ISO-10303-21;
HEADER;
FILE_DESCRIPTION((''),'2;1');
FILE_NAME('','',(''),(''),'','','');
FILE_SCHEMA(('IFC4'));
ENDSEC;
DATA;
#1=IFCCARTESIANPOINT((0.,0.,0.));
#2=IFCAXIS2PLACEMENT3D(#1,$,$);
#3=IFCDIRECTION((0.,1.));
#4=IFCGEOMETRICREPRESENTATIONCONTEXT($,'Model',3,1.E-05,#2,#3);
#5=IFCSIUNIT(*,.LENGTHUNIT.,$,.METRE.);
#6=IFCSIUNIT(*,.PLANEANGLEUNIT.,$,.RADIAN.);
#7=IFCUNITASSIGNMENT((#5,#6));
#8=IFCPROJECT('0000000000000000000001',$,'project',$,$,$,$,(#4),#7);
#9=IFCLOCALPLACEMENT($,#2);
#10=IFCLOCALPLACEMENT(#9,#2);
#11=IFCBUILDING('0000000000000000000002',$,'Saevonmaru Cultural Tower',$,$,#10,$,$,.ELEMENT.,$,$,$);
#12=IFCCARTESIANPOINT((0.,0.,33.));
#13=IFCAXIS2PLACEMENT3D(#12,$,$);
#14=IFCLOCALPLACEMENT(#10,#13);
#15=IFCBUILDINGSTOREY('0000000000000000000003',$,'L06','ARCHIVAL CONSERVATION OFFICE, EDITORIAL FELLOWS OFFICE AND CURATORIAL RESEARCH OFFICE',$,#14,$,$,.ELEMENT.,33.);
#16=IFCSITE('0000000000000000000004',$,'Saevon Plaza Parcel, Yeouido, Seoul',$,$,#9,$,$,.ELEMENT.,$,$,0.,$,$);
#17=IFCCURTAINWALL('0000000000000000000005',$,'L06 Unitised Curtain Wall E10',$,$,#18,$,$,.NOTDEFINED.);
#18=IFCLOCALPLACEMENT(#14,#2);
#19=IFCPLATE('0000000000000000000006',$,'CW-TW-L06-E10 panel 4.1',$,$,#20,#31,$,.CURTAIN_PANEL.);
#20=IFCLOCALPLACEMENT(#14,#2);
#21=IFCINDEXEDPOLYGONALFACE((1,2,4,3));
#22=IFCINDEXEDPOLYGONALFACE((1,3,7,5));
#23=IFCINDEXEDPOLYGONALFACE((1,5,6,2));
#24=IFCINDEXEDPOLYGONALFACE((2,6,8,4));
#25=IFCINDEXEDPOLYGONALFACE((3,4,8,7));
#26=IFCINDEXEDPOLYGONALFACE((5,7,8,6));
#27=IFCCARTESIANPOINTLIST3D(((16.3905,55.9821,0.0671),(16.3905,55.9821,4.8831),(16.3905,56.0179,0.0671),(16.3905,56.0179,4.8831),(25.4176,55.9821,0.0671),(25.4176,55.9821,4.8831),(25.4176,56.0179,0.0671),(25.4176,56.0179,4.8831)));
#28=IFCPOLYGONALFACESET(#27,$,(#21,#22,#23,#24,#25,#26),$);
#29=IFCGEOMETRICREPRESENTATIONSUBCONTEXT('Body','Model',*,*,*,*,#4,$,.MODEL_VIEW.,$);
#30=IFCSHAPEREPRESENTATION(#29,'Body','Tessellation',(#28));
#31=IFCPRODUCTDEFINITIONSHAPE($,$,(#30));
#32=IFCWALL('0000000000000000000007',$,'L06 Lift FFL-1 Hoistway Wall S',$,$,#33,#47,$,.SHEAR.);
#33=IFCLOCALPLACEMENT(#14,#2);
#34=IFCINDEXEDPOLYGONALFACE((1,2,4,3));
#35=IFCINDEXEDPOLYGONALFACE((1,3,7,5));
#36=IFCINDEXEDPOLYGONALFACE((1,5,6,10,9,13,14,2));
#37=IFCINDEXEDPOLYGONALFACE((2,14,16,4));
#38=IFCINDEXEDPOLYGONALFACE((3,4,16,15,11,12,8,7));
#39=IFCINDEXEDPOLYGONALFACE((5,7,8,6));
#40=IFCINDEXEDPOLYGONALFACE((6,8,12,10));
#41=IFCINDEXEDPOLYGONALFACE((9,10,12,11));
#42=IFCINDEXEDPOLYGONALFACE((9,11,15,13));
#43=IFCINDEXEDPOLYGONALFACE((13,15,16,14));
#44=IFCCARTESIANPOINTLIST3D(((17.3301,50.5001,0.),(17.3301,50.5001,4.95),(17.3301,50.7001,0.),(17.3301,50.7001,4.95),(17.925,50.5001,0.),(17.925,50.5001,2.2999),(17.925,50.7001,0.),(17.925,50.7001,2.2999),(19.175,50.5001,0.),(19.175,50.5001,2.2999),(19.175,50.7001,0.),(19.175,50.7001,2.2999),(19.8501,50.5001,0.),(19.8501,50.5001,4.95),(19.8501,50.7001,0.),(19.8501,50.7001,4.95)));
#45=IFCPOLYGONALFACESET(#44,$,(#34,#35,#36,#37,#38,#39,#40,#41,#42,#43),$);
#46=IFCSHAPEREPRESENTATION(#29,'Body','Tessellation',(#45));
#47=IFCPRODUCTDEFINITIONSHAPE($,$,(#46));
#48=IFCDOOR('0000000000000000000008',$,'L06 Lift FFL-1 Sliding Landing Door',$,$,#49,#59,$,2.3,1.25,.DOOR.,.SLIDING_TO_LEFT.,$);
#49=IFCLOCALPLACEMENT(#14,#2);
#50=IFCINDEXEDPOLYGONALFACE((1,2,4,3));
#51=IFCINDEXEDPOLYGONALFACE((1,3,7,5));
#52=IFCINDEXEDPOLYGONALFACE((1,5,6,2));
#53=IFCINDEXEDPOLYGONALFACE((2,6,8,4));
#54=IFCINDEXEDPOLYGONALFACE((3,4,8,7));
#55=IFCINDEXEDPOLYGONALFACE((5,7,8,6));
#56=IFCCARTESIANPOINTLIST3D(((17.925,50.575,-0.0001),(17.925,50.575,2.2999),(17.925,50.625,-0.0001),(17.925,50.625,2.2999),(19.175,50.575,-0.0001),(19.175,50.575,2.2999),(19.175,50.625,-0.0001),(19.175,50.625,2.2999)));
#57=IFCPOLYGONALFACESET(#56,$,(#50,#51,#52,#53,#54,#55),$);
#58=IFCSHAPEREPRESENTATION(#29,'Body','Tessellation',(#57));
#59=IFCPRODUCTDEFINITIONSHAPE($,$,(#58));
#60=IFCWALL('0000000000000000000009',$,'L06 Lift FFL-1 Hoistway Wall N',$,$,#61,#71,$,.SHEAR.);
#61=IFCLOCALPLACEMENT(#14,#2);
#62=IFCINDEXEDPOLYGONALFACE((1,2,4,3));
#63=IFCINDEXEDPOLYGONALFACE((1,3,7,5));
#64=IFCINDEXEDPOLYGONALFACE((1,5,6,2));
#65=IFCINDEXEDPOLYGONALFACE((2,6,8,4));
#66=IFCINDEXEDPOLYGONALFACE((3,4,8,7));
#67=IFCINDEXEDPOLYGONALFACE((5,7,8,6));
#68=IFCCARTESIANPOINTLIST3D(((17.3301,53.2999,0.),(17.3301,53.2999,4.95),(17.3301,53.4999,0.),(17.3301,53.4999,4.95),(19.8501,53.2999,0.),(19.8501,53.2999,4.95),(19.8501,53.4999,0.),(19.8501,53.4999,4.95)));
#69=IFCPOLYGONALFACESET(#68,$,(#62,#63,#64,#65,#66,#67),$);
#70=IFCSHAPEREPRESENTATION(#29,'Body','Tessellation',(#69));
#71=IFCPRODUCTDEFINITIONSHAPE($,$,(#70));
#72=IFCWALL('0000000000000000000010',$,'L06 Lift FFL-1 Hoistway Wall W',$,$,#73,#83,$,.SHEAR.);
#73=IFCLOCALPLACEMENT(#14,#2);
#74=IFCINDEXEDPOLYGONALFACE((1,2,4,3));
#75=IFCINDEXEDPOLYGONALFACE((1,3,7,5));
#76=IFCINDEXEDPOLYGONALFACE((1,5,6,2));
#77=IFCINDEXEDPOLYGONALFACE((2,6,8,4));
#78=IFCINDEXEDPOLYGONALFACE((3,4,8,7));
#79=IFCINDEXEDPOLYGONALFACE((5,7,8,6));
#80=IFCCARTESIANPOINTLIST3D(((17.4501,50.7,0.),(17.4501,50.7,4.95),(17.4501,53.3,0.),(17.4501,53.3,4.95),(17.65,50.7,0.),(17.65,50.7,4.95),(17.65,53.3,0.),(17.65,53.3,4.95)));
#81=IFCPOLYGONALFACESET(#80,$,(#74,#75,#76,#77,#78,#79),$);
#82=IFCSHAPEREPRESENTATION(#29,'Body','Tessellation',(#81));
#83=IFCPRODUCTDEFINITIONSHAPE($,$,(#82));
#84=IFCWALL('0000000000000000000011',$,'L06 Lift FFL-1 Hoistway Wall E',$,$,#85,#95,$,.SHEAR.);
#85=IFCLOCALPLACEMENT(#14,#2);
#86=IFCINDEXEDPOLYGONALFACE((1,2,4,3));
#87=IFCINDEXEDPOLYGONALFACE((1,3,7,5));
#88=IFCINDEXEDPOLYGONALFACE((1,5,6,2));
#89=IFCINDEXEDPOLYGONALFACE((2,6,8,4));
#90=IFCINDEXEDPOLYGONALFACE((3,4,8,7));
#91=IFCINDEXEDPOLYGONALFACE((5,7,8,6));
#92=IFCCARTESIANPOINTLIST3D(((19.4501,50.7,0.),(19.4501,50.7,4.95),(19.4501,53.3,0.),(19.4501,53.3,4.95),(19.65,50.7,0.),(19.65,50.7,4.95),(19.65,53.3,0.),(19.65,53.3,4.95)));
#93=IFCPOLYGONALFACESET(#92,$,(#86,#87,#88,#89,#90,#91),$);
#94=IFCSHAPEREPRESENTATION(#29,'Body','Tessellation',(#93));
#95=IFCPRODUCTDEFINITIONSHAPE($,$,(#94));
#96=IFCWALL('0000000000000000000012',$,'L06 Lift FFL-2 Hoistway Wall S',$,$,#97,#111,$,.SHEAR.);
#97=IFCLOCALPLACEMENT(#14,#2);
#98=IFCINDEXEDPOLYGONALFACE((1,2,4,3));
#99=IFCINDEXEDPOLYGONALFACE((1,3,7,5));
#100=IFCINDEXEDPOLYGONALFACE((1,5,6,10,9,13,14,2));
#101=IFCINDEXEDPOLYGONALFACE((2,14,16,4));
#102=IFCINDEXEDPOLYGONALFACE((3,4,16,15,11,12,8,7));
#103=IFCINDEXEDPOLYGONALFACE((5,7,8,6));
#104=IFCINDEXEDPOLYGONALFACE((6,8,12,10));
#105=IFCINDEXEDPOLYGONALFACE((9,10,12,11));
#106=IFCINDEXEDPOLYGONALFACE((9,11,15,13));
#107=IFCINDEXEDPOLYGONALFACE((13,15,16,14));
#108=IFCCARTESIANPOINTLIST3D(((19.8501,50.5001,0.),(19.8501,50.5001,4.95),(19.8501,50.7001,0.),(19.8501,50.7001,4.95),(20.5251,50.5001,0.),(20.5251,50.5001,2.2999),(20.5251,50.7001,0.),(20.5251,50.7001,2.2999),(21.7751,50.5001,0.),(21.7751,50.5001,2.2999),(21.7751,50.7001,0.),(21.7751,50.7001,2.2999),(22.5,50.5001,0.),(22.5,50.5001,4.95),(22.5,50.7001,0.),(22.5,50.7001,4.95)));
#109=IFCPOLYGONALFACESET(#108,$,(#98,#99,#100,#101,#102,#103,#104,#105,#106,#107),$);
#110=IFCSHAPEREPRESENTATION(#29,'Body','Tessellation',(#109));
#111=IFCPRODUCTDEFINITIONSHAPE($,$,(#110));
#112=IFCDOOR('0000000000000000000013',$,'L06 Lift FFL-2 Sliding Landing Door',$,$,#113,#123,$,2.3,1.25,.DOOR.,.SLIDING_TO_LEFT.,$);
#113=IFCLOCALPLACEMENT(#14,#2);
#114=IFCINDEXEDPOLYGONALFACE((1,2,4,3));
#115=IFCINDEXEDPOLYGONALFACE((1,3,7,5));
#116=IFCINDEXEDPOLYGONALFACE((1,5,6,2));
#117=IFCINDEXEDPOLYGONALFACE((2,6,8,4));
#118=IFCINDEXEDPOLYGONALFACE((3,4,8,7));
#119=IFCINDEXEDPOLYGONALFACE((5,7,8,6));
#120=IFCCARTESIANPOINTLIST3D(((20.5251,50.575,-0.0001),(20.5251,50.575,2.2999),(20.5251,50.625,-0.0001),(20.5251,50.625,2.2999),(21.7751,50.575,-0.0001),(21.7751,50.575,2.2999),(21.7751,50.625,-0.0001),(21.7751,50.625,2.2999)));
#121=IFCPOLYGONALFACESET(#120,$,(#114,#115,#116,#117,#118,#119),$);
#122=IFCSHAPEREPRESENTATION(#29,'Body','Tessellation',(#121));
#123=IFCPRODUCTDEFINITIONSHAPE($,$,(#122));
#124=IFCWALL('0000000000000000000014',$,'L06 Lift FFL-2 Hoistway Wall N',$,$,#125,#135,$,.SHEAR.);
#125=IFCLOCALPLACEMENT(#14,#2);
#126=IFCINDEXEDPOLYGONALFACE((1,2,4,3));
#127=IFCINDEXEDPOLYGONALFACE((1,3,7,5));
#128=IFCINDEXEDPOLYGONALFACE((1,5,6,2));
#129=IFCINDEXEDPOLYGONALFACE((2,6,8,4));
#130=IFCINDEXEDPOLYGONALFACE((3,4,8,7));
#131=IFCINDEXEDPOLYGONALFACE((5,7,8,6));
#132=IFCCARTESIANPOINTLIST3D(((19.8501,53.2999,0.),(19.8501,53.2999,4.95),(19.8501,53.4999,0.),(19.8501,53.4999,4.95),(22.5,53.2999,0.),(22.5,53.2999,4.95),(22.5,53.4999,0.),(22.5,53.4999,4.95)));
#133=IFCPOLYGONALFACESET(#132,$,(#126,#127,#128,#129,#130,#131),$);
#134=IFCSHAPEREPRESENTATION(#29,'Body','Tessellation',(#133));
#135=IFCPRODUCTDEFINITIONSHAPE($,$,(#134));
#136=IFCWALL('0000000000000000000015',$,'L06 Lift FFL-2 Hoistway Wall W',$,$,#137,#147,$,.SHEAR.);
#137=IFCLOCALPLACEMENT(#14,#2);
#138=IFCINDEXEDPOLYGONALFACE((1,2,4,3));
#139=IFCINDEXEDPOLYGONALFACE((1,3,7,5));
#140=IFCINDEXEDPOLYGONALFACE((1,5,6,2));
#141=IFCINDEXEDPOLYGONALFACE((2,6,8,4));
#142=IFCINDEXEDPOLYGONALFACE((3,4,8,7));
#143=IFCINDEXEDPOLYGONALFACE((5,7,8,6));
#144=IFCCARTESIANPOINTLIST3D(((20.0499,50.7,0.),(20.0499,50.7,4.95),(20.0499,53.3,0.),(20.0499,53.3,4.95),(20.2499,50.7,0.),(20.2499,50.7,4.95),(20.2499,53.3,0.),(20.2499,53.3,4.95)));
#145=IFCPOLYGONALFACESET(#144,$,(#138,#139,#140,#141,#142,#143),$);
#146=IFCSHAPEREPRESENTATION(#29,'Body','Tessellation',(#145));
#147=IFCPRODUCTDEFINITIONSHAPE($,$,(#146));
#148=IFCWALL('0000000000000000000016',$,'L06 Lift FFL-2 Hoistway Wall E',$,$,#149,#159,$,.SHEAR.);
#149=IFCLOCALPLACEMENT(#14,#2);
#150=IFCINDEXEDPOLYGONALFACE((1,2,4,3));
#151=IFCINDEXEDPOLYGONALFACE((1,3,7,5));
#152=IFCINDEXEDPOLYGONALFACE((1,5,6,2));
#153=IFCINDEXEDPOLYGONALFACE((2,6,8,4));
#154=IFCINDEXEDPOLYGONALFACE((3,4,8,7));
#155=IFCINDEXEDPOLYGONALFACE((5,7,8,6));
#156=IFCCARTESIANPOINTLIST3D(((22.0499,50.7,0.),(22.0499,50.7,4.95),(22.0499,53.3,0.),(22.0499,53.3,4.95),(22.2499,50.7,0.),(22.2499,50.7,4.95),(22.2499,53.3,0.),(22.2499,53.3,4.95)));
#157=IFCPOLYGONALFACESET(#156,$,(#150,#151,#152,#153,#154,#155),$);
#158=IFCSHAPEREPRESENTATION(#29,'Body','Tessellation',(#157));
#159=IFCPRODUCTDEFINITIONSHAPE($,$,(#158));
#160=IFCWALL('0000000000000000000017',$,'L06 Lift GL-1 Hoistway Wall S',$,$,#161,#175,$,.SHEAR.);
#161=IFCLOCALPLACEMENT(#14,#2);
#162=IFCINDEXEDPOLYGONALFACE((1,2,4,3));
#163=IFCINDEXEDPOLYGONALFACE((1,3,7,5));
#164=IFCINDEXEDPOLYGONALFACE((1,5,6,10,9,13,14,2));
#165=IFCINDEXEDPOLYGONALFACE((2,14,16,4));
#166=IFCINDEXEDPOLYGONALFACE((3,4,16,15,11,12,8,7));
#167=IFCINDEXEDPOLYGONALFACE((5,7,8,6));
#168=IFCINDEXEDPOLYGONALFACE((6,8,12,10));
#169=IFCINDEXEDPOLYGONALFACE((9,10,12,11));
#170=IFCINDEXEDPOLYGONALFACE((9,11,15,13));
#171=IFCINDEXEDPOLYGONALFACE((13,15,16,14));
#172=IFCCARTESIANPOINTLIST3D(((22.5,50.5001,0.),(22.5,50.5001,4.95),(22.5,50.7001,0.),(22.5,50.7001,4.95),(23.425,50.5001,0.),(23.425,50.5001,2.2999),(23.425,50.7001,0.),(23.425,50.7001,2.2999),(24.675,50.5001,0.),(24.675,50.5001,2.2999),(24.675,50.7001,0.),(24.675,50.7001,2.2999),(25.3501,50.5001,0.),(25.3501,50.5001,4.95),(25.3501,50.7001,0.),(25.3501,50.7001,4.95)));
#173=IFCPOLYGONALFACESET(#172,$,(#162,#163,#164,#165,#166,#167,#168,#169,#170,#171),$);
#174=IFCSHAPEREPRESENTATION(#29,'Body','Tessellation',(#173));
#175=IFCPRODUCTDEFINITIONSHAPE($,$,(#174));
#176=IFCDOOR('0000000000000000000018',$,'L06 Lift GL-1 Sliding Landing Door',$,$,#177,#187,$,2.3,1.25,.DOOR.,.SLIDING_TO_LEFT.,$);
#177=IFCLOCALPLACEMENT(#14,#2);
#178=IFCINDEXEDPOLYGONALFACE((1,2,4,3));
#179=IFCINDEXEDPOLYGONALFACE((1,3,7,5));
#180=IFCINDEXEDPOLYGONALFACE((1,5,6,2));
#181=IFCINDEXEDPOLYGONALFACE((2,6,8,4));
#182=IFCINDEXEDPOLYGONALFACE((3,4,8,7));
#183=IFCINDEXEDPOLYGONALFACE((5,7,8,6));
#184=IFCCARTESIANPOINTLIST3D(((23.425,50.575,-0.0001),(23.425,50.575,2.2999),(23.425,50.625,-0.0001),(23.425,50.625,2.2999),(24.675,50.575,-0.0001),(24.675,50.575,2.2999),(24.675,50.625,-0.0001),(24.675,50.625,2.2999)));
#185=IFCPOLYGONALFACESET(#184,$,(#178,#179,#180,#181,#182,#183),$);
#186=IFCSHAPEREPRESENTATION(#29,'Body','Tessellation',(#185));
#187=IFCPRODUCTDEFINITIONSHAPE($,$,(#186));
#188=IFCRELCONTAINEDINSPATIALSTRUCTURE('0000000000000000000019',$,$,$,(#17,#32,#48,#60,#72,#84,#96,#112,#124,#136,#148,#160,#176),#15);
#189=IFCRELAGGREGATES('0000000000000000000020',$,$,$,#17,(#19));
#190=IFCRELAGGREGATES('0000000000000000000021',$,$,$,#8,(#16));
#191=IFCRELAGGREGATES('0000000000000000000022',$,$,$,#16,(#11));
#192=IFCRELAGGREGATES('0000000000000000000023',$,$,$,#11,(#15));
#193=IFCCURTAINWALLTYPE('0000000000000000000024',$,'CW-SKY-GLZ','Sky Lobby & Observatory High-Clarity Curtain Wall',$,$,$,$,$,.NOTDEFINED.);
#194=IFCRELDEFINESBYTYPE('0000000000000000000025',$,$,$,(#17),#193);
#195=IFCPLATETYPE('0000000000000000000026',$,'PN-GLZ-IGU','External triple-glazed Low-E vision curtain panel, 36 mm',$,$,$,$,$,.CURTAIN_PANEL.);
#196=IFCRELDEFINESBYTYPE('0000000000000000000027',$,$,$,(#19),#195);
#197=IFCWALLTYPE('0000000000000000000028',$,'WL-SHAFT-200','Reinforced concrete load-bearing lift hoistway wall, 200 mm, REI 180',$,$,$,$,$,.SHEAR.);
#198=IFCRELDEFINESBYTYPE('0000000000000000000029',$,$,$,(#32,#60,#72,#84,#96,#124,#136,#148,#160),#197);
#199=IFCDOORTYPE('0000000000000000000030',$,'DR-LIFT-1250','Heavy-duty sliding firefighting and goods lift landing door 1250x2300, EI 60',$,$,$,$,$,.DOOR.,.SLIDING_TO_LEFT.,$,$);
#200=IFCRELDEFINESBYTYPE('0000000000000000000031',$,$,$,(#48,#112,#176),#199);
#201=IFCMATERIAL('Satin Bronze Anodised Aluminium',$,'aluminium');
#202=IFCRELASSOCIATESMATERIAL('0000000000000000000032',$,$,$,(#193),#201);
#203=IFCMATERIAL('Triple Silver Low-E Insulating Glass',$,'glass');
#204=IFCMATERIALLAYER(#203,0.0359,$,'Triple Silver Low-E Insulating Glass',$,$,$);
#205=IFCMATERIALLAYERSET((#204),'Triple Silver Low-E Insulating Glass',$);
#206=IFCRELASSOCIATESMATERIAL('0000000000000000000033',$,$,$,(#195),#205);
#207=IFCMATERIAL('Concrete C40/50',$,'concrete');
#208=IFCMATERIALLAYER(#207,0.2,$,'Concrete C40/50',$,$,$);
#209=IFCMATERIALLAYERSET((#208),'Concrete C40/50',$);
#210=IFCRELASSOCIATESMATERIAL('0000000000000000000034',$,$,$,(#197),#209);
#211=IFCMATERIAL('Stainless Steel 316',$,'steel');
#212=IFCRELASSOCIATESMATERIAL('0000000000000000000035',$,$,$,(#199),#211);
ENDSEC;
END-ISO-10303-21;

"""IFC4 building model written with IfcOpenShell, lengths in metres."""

from ifc_helpers import new_model, si_unit, direction, frame, frame_2d, origin, origin_2d, place, context, subcontext, project, spatial, rectangle, extrude, material, layer, layer_set, type_object, element, fill, aggregate, save


model = new_model("IFC4")

# Units and contexts
model_context = context("Model", 3, precision=1e-05, world=origin(), true_north=direction((0.0, 1.0)))
body_context = subcontext(model_context, "Body", "Model", "MODEL_VIEW")
ifc_project = project(units=[si_unit("LENGTHUNIT", "METRE"), si_unit("PLANEANGLEUNIT", "RADIAN")], contexts=[model_context])

# Site, building, storey
site_placement = place(None, origin())
site = spatial("IfcSite", under=ifc_project, at=site_placement, Name="Saevon Plaza Parcel, Yeouido, Seoul", CompositionType="ELEMENT", RefElevation=0.0)
building_placement = place(site_placement, origin())
building = spatial("IfcBuilding", under=site, at=building_placement, Name="Saevonmaru Cultural Tower", CompositionType="ELEMENT")
storey_placement = place(building_placement, frame((0.0, 0.0, 33.0)))
storey = spatial("IfcBuildingStorey", under=building, at=storey_placement, Name="L06", Description="ARCHIVAL CONSERVATION OFFICE, EDITORIAL FELLOWS OFFICE AND CURATORIAL RESEARCH OFFICE", CompositionType="ELEMENT", Elevation=33.0)

# Curtain wall
ifc_material_1 = material(Name="Satin Bronze Anodised Aluminium", Category="aluminium")
curtain_wall_type = type_object("IfcCurtainWallType", Name="CW-SKY-GLZ", Description="Sky Lobby & Observatory High-Clarity Curtain Wall", PredefinedType="NOTDEFINED", material=ifc_material_1)
curtain_wall_placement = place(storey_placement, origin())
curtain_wall = element("IfcCurtainWall", 1, at=curtain_wall_placement, inside=storey, type_object=curtain_wall_type, Name="L06 Unitised Curtain Wall E10", PredefinedType="NOTDEFINED")

# Plate
ifc_material_2 = material(Name="Triple Silver Low-E Insulating Glass", Category="glass")
ifc_layer_1 = layer(ifc_material_2, 0.0359, Name="Triple Silver Low-E Insulating Glass")
ifc_layer_set_1 = layer_set([ifc_layer_1], Name="Triple Silver Low-E Insulating Glass")
plate_type_1 = type_object("IfcPlateType", Name="PN-GLZ-IGU", Description="External triple-glazed Low-E vision curtain panel, 36 mm", PredefinedType="CURTAIN_PANEL", material=ifc_layer_set_1)
plate_1_placement = place(storey_placement, frame((20.9041, 56.0, 0.0671), z_axis=(0.0, 0.0, 1.0), x_axis=(-1.0, 0.0, 0.0)))
plate_1 = element("IfcPlate", 2, at=plate_1_placement, type_object=plate_type_1, Name="CW-TW-L06-E10 panel 4.1", PredefinedType="CURTAIN_PANEL", context=body_context, shape_type="SweptSolid", body=[
    extrude(rectangle(XDim=9.0271, YDim=0.0359, at=origin_2d()), origin(), (0.0, 0.0, 1.0), 4.8159),
])
aggregate(curtain_wall, [plate_1])

# Wall, opening, door
ifc_material_3 = material(Name="Concrete C40/50", Category="concrete")
ifc_layer_2 = layer(ifc_material_3, 0.2, Name="Concrete C40/50")
ifc_layer_set_2 = layer_set([ifc_layer_2], Name="Concrete C40/50")
wall_type = type_object("IfcWallType", Name="WL-SHAFT-200", Description="Reinforced concrete load-bearing lift hoistway wall, 200 mm, REI 180", PredefinedType="SHEAR", material=ifc_layer_set_2)
wall_1_placement = place(storey_placement, frame((17.3301, 50.6001, 0.0), z_axis=(0.0, 0.0, 1.0), x_axis=(1.0, 0.0, 0.0)))
wall_1 = element("IfcWall", 3, at=wall_1_placement, inside=storey, type_object=wall_type, Name="L06 Lift FFL-1 Hoistway Wall S", PredefinedType="SHEAR", context=body_context, shape_type="SweptSolid", body=[
    extrude(rectangle(XDim=2.52, YDim=0.2, at=frame_2d((1.26, 0.0))), origin(), (0.0, 0.0, 1.0), 4.95),
])
opening_1_placement = place(wall_1_placement, frame((0.595, 0.0, 0.0)))
opening_1 = element("IfcOpeningElement", 4, at=opening_1_placement, cuts=wall_1, PredefinedType="OPENING", context=body_context, shape_type="SweptSolid", body=[
    extrude(rectangle(XDim=1.25, YDim=2.3, at=frame_2d((0.625, 1.1499))), frame((0.0, 0.1099, 0.0), z_axis=(0.0, -1.0, 0.0), x_axis=(1.0, 0.0, 0.0)), (0.0, 0.0, 1.0), 0.22),
])
ifc_material_4 = material(Name="Stainless Steel 316", Category="steel")
door_type_1 = type_object("IfcDoorType", Name="DR-LIFT-1250", Description="Heavy-duty sliding firefighting and goods lift landing door 1250x2300, EI 60", OperationType="SLIDING_TO_LEFT", PredefinedType="DOOR", material=ifc_material_4)
door_1_placement = place(opening_1_placement, origin())
door_1 = element("IfcDoor", 5, at=door_1_placement, inside=storey, type_object=door_type_1, Name="L06 Lift FFL-1 Sliding Landing Door", OperationType="SLIDING_TO_LEFT", OverallHeight=2.3, OverallWidth=1.25, PredefinedType="DOOR", context=body_context, shape_type="SweptSolid", body=[
    extrude(rectangle(XDim=1.25, YDim=2.3, at=frame_2d((0.625, 1.1499))), frame((0.0, 0.0249, 0.0), z_axis=(0.0, -1.0, 0.0), x_axis=(1.0, 0.0, 0.0)), (0.0, 0.0, 1.0), 0.05),
])
fill(opening_1, door_1)

# Walls
wall_2_placement = place(storey_placement, frame((17.3301, 53.3999, 0.0), z_axis=(0.0, 0.0, 1.0), x_axis=(1.0, 0.0, 0.0)))
element("IfcWall", 6, at=wall_2_placement, inside=storey, type_object=wall_type, Name="L06 Lift FFL-1 Hoistway Wall N", PredefinedType="SHEAR", context=body_context, shape_type="SweptSolid", body=[
    extrude(rectangle(XDim=2.52, YDim=0.2, at=frame_2d((1.26, 0.0))), origin(), (0.0, 0.0, 1.0), 4.95),
])
for number, where, z_axis, x_axis, name in (
    (7, (17.55, 50.7, 0.0), (0.0, 0.0, 1.0), (0.0, 1.0, 0.0), "L06 Lift FFL-1 Hoistway Wall W"),
    (8, (19.55, 50.7, 0.0), (0.0, 0.0, 1.0), (0.0, 1.0, 0.0), "L06 Lift FFL-1 Hoistway Wall E"),
):
    element("IfcWall", number, at=place(storey_placement, frame(where, z_axis=z_axis, x_axis=x_axis)), inside=storey, type_object=wall_type, Name=name, PredefinedType="SHEAR", context=body_context, shape_type="SweptSolid", body=[
        extrude(rectangle(XDim=2.6001, YDim=0.2, at=frame_2d((1.3, 0.0))), origin(), (0.0, 0.0, 1.0), 4.95),
    ])

# Wall, opening, door
wall_3_placement = place(storey_placement, frame((19.8501, 50.6001, 0.0), z_axis=(0.0, 0.0, 1.0), x_axis=(1.0, 0.0, 0.0)))
wall_3 = element("IfcWall", 9, at=wall_3_placement, inside=storey, type_object=wall_type, Name="L06 Lift FFL-2 Hoistway Wall S", PredefinedType="SHEAR", context=body_context, shape_type="SweptSolid", body=[
    extrude(rectangle(XDim=2.6499, YDim=0.2, at=frame_2d((1.325, 0.0))), origin(), (0.0, 0.0, 1.0), 4.95),
])
opening_2_placement = place(wall_3_placement, frame((0.675, 0.0, 0.0)))
opening_2 = element("IfcOpeningElement", 10, at=opening_2_placement, cuts=wall_3, PredefinedType="OPENING", context=body_context, shape_type="SweptSolid", body=[
    extrude(rectangle(XDim=1.25, YDim=2.3, at=frame_2d((0.625, 1.1499))), frame((0.0, 0.1099, 0.0), z_axis=(0.0, -1.0, 0.0), x_axis=(1.0, 0.0, 0.0)), (0.0, 0.0, 1.0), 0.22),
])
door_2_placement = place(opening_2_placement, origin())
door_2 = element("IfcDoor", 11, at=door_2_placement, inside=storey, type_object=door_type_1, Name="L06 Lift FFL-2 Sliding Landing Door", OperationType="SLIDING_TO_LEFT", OverallHeight=2.3, OverallWidth=1.25, PredefinedType="DOOR", context=body_context, shape_type="SweptSolid", body=[
    extrude(rectangle(XDim=1.25, YDim=2.3, at=frame_2d((0.625, 1.1499))), frame((0.0, 0.0249, 0.0), z_axis=(0.0, -1.0, 0.0), x_axis=(1.0, 0.0, 0.0)), (0.0, 0.0, 1.0), 0.05),
])
fill(opening_2, door_2)

# Walls
wall_4_placement = place(storey_placement, frame((19.8501, 53.3999, 0.0), z_axis=(0.0, 0.0, 1.0), x_axis=(1.0, 0.0, 0.0)))
element("IfcWall", 12, at=wall_4_placement, inside=storey, type_object=wall_type, Name="L06 Lift FFL-2 Hoistway Wall N", PredefinedType="SHEAR", context=body_context, shape_type="SweptSolid", body=[
    extrude(rectangle(XDim=2.6499, YDim=0.2, at=frame_2d((1.325, 0.0))), origin(), (0.0, 0.0, 1.0), 4.95),
])
for number, where, z_axis, x_axis, name in (
    (13, (20.1499, 50.7, 0.0), (0.0, 0.0, 1.0), (0.0, 1.0, 0.0), "L06 Lift FFL-2 Hoistway Wall W"),
    (14, (22.1499, 50.7, 0.0), (0.0, 0.0, 1.0), (0.0, 1.0, 0.0), "L06 Lift FFL-2 Hoistway Wall E"),
):
    element("IfcWall", number, at=place(storey_placement, frame(where, z_axis=z_axis, x_axis=x_axis)), inside=storey, type_object=wall_type, Name=name, PredefinedType="SHEAR", context=body_context, shape_type="SweptSolid", body=[
        extrude(rectangle(XDim=2.6001, YDim=0.2, at=frame_2d((1.3, 0.0))), origin(), (0.0, 0.0, 1.0), 4.95),
    ])

# Wall, opening, door
wall_5_placement = place(storey_placement, frame((22.5, 50.6001, 0.0), z_axis=(0.0, 0.0, 1.0), x_axis=(1.0, 0.0, 0.0)))
wall_5 = element("IfcWall", 15, at=wall_5_placement, inside=storey, type_object=wall_type, Name="L06 Lift GL-1 Hoistway Wall S", PredefinedType="SHEAR", context=body_context, shape_type="SweptSolid", body=[
    extrude(rectangle(XDim=2.8501, YDim=0.2, at=frame_2d((1.425, 0.0))), origin(), (0.0, 0.0, 1.0), 4.95),
])
opening_3_placement = place(wall_5_placement, frame((0.925, 0.0, 0.0)))
opening_3 = element("IfcOpeningElement", 16, at=opening_3_placement, cuts=wall_5, PredefinedType="OPENING", context=body_context, shape_type="SweptSolid", body=[
    extrude(rectangle(XDim=1.25, YDim=2.3, at=frame_2d((0.625, 1.1499))), frame((0.0, 0.1099, 0.0), z_axis=(0.0, -1.0, 0.0), x_axis=(1.0, 0.0, 0.0)), (0.0, 0.0, 1.0), 0.22),
])
door_3_placement = place(opening_3_placement, origin())
door_3 = element("IfcDoor", 17, at=door_3_placement, inside=storey, type_object=door_type_1, Name="L06 Lift GL-1 Sliding Landing Door", OperationType="SLIDING_TO_LEFT", OverallHeight=2.3, OverallWidth=1.25, PredefinedType="DOOR", context=body_context, shape_type="SweptSolid", body=[
    extrude(rectangle(XDim=1.25, YDim=2.3, at=frame_2d((0.625, 1.1499))), frame((0.0, 0.0249, 0.0), z_axis=(0.0, -1.0, 0.0), x_axis=(1.0, 0.0, 0.0)), (0.0, 0.0, 1.0), 0.05),
])
fill(opening_3, door_3)

save(model, "model.ifc")
